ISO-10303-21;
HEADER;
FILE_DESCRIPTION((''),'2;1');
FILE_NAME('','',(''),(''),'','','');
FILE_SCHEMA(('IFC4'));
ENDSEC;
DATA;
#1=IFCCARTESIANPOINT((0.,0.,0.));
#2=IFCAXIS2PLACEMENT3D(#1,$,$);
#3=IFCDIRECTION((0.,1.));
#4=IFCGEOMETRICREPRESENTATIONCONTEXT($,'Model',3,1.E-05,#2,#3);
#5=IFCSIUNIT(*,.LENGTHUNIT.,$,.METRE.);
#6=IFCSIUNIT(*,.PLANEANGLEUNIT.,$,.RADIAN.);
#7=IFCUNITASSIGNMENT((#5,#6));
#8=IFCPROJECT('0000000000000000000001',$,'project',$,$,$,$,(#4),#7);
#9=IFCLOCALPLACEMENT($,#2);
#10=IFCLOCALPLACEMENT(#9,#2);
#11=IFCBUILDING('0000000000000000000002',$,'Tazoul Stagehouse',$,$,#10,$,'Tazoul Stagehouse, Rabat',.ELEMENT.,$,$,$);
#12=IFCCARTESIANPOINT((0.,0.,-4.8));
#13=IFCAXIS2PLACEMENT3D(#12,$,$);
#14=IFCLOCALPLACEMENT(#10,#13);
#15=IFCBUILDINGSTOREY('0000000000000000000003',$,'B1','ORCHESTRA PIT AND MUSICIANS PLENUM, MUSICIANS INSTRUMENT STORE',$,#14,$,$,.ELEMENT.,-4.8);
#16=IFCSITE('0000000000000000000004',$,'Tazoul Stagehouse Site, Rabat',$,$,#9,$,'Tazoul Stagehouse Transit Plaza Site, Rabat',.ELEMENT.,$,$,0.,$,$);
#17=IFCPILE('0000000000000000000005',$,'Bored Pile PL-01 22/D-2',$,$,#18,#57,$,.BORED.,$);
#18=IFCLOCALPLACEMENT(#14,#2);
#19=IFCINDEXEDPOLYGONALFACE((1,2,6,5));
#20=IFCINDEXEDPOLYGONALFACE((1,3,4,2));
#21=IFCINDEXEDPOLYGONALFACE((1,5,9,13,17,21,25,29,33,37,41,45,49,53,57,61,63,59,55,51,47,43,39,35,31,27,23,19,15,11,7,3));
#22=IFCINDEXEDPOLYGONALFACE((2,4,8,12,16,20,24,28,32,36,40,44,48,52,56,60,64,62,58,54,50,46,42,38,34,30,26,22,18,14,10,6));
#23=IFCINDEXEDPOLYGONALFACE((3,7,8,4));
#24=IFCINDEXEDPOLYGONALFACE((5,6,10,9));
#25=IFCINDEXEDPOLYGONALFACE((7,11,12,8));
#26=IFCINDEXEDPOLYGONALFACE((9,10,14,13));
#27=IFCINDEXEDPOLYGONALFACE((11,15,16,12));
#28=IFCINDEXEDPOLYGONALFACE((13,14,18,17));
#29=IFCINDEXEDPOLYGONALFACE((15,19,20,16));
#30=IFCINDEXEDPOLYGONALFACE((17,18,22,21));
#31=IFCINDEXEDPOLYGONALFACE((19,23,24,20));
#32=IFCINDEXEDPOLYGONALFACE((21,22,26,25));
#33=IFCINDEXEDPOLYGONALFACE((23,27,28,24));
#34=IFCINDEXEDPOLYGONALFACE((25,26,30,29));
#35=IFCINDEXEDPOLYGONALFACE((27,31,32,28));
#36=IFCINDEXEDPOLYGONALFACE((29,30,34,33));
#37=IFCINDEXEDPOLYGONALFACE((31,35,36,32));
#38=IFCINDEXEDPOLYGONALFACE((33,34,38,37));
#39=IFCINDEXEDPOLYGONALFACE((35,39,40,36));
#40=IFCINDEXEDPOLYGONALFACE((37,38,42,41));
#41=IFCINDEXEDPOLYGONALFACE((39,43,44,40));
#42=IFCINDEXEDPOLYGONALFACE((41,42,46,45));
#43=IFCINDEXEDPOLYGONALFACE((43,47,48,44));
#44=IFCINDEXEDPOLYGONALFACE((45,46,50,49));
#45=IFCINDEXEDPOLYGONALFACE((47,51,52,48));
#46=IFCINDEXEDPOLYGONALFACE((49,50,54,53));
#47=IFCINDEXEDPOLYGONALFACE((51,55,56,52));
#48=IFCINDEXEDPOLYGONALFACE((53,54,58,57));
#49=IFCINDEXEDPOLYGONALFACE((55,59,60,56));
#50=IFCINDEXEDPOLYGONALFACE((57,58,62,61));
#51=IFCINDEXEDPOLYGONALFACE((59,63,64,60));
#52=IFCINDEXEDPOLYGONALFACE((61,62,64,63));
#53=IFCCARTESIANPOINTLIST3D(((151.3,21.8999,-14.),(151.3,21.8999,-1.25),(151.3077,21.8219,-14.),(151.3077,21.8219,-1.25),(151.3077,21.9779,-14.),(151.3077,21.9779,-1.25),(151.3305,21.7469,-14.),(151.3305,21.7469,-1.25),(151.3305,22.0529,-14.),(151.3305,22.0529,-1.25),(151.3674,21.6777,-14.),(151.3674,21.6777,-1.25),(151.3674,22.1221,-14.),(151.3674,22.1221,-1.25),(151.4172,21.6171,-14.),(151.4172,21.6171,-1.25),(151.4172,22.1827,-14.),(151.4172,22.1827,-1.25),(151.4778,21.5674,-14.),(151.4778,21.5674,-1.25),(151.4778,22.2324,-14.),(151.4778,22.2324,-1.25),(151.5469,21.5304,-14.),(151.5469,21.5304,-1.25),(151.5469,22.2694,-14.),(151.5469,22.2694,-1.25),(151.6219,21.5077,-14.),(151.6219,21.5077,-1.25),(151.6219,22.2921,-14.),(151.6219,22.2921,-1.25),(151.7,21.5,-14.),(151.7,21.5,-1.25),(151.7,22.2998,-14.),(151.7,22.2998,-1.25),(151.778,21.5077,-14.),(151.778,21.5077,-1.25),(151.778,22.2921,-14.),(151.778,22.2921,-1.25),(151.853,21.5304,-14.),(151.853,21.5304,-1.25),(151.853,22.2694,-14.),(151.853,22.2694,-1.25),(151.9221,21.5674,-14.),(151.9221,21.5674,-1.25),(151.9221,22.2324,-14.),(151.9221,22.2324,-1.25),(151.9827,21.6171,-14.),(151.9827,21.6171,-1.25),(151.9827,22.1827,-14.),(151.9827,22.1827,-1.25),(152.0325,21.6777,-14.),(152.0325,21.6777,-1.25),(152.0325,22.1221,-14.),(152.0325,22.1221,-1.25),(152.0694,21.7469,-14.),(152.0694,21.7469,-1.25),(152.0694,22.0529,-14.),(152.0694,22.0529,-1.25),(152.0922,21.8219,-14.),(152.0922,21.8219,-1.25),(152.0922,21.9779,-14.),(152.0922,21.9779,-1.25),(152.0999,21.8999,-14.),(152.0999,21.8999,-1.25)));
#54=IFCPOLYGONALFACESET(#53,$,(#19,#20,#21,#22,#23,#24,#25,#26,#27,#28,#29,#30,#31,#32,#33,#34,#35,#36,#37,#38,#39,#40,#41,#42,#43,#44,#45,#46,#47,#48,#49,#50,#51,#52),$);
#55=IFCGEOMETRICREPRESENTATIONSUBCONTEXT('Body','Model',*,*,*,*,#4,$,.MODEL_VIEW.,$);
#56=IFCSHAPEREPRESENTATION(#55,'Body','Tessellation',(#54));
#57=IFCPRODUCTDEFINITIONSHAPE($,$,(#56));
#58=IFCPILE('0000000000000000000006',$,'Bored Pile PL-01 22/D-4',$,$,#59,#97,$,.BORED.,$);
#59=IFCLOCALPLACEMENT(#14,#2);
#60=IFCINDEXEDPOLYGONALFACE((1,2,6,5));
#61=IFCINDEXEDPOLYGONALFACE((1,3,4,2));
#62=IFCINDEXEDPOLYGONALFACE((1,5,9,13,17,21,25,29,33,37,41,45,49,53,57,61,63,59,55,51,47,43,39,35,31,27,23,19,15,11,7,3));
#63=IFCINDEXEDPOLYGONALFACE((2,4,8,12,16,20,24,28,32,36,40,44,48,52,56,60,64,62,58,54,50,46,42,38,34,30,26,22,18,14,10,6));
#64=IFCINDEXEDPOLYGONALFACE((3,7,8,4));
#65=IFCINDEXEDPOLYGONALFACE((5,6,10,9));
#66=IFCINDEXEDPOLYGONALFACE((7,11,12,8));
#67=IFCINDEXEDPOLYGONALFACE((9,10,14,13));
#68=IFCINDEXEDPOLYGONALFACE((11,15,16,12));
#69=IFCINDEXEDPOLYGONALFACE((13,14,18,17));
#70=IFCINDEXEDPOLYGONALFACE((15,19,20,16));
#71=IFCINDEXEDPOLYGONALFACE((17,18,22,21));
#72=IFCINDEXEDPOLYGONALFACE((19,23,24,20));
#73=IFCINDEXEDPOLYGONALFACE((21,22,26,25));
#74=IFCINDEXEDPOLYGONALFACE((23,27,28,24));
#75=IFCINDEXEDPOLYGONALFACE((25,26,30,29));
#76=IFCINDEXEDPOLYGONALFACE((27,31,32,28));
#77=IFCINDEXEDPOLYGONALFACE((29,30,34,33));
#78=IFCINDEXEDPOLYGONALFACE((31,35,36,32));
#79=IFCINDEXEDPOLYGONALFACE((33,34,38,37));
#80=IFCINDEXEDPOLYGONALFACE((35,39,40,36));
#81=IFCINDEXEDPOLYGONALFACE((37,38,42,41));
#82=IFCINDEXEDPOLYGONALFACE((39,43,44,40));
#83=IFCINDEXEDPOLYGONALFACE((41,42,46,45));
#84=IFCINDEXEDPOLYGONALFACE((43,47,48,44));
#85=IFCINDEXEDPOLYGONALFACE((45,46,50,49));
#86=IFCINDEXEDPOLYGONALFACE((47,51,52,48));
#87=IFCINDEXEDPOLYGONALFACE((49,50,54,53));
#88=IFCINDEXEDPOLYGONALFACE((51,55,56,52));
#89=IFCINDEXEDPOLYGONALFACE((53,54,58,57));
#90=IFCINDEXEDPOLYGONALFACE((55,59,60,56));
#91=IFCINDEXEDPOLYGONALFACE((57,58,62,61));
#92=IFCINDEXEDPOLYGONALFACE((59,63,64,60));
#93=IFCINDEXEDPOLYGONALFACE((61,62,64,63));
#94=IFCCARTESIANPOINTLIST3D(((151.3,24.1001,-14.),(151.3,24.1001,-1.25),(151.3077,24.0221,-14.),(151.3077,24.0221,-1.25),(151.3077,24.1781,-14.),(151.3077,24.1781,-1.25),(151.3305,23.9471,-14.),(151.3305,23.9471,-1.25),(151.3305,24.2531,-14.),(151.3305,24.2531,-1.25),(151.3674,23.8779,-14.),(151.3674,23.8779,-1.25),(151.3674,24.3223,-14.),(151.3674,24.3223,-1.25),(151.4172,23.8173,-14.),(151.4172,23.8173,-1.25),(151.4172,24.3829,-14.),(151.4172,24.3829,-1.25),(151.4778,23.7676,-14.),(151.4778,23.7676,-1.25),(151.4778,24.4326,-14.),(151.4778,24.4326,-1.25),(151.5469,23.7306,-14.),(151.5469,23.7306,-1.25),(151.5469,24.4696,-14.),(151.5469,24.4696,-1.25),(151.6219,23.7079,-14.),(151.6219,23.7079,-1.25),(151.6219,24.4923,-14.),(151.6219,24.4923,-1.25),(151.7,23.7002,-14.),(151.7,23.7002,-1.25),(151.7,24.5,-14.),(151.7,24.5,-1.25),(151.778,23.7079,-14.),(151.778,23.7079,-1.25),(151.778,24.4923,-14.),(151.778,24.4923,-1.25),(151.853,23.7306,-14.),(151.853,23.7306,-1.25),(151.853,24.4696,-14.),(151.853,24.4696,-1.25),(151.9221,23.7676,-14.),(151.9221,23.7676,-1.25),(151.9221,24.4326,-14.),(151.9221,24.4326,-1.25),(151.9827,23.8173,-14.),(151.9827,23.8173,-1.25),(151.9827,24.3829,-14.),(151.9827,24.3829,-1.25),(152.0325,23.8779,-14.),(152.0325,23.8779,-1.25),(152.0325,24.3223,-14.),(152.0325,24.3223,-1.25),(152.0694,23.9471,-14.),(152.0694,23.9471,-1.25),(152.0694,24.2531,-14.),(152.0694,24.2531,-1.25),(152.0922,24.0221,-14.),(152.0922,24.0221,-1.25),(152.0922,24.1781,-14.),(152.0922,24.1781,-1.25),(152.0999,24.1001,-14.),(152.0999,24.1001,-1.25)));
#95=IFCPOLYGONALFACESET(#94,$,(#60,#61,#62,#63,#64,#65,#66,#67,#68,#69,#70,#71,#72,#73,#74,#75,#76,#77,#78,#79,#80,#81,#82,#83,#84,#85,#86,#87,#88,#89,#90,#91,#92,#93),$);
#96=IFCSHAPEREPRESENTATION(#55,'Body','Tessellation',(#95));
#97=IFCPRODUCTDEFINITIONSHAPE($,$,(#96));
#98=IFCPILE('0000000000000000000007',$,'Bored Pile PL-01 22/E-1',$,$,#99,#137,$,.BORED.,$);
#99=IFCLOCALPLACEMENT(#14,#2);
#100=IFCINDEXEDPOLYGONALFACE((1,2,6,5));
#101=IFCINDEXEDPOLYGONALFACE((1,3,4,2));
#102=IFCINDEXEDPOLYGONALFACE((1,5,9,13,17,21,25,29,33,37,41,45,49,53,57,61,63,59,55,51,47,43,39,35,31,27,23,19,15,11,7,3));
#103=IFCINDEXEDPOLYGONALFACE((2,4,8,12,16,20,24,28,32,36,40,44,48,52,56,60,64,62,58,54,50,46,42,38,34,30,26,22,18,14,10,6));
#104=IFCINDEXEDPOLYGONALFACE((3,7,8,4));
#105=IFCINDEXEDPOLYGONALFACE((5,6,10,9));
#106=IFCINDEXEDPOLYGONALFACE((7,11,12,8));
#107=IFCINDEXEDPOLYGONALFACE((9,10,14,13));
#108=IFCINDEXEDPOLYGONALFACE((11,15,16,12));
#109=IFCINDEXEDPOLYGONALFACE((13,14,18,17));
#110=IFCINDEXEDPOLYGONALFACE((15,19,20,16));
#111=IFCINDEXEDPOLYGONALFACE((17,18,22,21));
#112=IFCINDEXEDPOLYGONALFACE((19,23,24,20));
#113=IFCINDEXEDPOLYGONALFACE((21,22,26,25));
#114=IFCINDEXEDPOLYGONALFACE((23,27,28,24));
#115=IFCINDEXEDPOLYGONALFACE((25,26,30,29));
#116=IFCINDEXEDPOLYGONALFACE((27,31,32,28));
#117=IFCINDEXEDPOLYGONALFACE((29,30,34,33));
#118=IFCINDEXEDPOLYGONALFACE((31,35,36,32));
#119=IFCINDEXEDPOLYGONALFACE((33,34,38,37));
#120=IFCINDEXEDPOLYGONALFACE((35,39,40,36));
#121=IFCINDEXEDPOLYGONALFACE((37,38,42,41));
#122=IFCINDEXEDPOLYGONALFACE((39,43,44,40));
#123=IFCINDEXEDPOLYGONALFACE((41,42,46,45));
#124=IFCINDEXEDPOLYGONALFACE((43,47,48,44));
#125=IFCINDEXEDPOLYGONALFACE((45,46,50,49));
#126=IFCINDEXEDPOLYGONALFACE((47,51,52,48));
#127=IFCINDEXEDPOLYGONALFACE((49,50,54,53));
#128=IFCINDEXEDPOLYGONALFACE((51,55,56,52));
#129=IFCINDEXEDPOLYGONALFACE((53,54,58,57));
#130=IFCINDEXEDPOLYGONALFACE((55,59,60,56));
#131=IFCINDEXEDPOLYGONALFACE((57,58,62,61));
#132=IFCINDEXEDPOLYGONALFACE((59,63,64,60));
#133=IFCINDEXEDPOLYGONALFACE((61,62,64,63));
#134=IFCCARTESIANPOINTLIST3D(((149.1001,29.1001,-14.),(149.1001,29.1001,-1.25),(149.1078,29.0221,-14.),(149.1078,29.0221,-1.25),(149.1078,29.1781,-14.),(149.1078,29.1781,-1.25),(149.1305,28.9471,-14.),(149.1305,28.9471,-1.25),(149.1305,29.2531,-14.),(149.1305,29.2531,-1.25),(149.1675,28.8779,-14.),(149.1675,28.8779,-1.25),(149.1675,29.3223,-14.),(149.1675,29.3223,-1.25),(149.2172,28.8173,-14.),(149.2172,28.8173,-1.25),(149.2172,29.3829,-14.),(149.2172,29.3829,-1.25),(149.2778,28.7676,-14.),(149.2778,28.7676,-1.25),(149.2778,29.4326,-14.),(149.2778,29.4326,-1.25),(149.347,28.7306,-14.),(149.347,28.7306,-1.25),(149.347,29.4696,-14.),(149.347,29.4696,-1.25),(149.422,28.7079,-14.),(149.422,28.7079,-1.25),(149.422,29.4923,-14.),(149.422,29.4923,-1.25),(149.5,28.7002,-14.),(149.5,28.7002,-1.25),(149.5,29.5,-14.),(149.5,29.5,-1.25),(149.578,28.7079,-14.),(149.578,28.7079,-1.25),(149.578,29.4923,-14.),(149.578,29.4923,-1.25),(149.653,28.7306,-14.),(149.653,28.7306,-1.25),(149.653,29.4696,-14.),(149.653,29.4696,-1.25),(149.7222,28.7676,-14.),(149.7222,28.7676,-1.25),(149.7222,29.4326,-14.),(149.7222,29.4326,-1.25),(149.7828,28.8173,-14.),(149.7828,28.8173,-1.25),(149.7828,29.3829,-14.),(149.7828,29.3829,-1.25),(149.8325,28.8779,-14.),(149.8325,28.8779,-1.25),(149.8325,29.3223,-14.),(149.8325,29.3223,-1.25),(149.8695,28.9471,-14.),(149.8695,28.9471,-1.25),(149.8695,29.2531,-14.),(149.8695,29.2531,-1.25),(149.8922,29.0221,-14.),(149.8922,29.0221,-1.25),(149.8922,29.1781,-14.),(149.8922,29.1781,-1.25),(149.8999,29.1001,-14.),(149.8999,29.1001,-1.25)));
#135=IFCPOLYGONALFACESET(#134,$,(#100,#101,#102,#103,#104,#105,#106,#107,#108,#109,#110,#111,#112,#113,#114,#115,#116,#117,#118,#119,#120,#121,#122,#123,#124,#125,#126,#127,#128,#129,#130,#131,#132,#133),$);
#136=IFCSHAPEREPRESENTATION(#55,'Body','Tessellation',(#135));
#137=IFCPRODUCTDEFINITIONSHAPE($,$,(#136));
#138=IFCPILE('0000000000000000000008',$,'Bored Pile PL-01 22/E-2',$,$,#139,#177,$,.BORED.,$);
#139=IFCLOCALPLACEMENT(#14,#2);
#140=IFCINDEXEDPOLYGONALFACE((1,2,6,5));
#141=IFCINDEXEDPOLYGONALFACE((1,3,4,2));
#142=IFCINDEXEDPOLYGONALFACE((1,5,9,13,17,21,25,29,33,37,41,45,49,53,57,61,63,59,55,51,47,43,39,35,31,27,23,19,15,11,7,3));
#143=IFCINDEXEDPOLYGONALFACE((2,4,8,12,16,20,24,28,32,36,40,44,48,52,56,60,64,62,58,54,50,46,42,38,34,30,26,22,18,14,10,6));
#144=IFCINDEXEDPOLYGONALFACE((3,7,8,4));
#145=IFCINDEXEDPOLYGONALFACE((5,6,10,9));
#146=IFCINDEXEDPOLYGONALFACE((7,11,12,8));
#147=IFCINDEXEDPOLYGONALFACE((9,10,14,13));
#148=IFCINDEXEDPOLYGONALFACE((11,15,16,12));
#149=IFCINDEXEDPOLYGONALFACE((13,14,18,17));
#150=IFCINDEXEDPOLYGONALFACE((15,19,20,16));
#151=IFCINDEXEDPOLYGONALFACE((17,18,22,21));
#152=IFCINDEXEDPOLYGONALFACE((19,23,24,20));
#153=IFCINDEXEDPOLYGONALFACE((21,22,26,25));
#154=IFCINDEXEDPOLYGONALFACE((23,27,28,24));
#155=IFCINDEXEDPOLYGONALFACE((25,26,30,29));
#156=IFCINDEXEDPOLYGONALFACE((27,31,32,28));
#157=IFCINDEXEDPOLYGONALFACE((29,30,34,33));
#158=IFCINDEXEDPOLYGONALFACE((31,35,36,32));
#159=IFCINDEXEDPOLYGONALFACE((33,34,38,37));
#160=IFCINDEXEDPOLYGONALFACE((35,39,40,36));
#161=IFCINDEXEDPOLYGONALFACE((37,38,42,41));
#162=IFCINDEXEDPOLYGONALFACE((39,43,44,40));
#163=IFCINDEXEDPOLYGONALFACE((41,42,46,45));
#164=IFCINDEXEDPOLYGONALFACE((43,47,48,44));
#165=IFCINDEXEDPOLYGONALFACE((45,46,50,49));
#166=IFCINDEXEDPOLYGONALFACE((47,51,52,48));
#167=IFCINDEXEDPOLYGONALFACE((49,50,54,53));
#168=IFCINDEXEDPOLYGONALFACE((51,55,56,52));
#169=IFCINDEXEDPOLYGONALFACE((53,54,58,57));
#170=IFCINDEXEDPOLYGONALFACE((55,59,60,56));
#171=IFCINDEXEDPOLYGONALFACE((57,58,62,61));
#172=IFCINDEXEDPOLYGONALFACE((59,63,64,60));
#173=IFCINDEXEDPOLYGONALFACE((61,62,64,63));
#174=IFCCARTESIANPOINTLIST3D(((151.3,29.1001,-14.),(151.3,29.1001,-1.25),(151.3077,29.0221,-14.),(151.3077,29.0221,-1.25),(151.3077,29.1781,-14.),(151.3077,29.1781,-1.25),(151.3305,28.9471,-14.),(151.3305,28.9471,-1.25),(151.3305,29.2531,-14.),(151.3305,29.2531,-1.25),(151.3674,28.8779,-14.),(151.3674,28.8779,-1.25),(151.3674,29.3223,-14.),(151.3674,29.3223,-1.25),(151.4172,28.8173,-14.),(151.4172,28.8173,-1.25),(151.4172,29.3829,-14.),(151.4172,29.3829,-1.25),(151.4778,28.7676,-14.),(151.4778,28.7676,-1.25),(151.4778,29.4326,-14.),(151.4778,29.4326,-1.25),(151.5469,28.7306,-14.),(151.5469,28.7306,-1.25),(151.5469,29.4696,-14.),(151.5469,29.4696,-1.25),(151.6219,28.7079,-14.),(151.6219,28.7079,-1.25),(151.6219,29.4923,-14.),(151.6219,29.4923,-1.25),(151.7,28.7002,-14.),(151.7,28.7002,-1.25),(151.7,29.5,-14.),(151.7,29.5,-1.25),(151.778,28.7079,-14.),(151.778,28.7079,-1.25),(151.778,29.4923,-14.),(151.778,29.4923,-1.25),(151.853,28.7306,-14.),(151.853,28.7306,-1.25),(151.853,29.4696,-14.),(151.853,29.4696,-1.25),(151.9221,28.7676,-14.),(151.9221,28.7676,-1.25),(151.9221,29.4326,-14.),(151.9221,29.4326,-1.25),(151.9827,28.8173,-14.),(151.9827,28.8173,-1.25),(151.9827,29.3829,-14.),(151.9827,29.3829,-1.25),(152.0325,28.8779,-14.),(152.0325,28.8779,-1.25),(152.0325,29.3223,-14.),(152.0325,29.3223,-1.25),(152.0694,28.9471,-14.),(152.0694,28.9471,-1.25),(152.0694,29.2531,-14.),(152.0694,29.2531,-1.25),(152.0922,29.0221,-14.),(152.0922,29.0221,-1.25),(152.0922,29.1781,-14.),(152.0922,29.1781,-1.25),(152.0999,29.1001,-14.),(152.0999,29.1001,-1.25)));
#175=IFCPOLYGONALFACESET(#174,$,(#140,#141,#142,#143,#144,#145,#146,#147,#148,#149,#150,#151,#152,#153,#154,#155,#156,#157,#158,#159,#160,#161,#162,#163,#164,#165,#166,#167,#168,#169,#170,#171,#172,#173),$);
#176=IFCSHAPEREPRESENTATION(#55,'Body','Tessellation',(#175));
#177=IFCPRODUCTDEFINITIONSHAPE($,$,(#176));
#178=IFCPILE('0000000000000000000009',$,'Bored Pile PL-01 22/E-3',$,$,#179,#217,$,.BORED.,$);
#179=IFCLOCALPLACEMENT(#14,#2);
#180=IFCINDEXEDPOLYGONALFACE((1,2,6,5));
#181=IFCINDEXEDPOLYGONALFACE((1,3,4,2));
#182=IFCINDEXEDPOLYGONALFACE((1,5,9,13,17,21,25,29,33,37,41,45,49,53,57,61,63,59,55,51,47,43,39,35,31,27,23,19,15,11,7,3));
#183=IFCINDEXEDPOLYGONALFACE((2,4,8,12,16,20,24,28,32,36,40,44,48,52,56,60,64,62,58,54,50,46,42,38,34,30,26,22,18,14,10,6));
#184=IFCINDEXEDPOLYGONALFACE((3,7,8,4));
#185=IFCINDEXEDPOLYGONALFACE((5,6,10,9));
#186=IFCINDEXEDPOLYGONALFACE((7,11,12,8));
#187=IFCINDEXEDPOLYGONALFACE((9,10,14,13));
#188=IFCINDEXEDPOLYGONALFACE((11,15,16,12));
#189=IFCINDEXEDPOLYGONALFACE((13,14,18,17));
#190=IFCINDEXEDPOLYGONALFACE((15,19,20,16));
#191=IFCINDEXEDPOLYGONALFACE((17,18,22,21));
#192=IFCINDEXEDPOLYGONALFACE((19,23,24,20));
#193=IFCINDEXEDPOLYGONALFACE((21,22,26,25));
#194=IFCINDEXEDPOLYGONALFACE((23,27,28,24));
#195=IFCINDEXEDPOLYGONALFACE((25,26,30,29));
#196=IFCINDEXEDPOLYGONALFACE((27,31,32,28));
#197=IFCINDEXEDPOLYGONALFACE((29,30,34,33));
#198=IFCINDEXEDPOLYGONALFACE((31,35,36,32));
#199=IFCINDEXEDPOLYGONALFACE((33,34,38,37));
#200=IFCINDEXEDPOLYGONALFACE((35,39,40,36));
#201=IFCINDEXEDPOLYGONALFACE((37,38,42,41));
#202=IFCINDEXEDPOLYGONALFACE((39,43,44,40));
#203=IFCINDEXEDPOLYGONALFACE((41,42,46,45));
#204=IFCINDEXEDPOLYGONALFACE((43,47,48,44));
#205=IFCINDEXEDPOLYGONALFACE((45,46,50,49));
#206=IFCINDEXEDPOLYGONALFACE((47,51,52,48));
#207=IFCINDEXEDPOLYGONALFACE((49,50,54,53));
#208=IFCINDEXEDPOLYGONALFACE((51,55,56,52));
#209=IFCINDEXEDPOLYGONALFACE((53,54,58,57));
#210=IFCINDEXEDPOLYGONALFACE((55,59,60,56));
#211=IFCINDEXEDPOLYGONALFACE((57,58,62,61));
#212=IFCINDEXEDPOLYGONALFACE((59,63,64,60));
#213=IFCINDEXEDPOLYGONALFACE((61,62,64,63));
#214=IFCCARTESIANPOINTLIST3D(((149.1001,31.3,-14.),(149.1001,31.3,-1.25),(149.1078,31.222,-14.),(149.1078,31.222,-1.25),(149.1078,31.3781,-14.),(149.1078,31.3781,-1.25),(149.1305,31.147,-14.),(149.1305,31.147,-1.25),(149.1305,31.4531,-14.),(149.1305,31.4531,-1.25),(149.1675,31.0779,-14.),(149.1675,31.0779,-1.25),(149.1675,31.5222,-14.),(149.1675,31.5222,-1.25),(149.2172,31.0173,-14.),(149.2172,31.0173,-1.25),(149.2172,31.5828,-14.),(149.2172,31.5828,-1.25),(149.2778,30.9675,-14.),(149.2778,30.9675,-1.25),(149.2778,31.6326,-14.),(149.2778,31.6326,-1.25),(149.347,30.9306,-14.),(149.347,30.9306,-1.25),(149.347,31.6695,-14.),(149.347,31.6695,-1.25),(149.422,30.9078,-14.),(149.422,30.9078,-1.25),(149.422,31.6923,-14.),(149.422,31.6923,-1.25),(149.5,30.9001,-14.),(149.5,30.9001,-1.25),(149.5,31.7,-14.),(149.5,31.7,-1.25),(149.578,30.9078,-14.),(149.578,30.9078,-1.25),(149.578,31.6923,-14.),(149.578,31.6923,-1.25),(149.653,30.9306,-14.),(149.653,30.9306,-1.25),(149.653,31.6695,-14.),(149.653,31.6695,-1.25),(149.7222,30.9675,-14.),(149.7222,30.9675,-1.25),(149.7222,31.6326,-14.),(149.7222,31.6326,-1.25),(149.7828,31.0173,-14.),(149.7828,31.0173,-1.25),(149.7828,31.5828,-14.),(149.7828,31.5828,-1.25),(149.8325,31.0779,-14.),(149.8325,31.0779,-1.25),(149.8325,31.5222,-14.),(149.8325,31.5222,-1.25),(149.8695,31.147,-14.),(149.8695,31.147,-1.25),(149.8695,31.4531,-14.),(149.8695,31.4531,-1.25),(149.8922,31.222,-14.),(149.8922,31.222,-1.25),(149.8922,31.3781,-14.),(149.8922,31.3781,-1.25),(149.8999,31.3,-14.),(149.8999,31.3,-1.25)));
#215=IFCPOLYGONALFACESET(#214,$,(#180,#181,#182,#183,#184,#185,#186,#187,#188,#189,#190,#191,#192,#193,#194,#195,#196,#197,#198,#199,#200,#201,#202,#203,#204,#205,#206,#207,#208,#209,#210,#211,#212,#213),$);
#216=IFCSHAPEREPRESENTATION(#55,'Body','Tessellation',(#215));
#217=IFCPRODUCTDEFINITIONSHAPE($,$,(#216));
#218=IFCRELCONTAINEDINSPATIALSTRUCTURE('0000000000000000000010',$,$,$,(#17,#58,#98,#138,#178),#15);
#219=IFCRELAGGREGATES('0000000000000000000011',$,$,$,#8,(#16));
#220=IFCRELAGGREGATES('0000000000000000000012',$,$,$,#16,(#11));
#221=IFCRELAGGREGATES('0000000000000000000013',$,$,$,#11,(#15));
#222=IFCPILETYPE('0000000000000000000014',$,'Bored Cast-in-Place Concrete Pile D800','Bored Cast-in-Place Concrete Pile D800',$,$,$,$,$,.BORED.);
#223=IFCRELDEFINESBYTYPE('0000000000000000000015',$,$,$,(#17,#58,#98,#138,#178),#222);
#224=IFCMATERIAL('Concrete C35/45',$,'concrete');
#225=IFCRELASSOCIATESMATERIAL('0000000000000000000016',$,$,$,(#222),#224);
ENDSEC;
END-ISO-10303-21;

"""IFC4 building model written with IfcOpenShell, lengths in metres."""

from ifc_helpers import new_model, si_unit, direction, frame, origin, origin_2d, place, context, subcontext, project, spatial, circle, extrude, material, material_profile, profile_set, type_object, element, save


model = new_model("IFC4")

# Units and contexts
model_context = context("Model", 3, precision=1e-05, world=origin(), true_north=direction((0.0, 1.0)))
body_context = subcontext(model_context, "Body", "Model", "MODEL_VIEW")
ifc_project = project(units=[si_unit("LENGTHUNIT", "METRE"), si_unit("PLANEANGLEUNIT", "RADIAN")], contexts=[model_context])

# Site, building, storey
site_placement = place(None, origin())
site = spatial("IfcSite", under=ifc_project, at=site_placement, Name="Tazoul Stagehouse Site, Rabat", LongName="Tazoul Stagehouse Transit Plaza Site, Rabat", CompositionType="ELEMENT", RefElevation=0.0)
building_placement = place(site_placement, origin())
building = spatial("IfcBuilding", under=site, at=building_placement, Name="Tazoul Stagehouse", LongName="Tazoul Stagehouse, Rabat", CompositionType="ELEMENT")
storey_placement = place(building_placement, frame((0.0, 0.0, -4.8)))
storey = spatial("IfcBuildingStorey", under=building, at=storey_placement, Name="B1", Description="ORCHESTRA PIT AND MUSICIANS PLENUM, MUSICIANS INSTRUMENT STORE", CompositionType="ELEMENT", Elevation=-4.8)

# Piles
ifc_material_1 = material(Name="Concrete C35/45", Category="concrete")
ifc_material_profile_1 = material_profile(ifc_material_1, circle(Radius=0.3999, at=origin_2d()), Name="BORED PILE 800")
ifc_profile_set_1 = profile_set([ifc_material_profile_1], Name="Concrete C35/45")
pile_type = type_object("IfcPileType", Name="Bored Cast-in-Place Concrete Pile D800", Description="Bored Cast-in-Place Concrete Pile D800", PredefinedType="BORED", material=ifc_profile_set_1)
for number, where, z_axis, x_axis, name in (
    (1, (151.7, 21.8999, -1.25), (0.0, 0.0, -1.0), (1.0, 0.0, 0.0), "Bored Pile PL-01 22/D-2"),
    (2, (151.7, 24.1001, -1.25), (0.0, 0.0, -1.0), (1.0, 0.0, 0.0), "Bored Pile PL-01 22/D-4"),
    (3, (149.5, 29.1001, -1.25), (0.0, 0.0, -1.0), (1.0, 0.0, 0.0), "Bored Pile PL-01 22/E-1"),
    (4, (151.7, 29.1001, -1.25), (0.0, 0.0, -1.0), (1.0, 0.0, 0.0), "Bored Pile PL-01 22/E-2"),
    (5, (149.5, 31.3, -1.25), (0.0, 0.0, -1.0), (1.0, 0.0, 0.0), "Bored Pile PL-01 22/E-3"),
):
    element("IfcPile", number, at=place(storey_placement, frame(where, z_axis=z_axis, x_axis=x_axis)), inside=storey, type_object=pile_type, Name=name, PredefinedType="BORED", context=body_context, shape_type="SweptSolid", body=[
        extrude(circle(Radius=0.3999, at=origin_2d()), origin(), (0.0, 0.0, 1.0), 12.75),
    ])

save(model, "model.ifc")
